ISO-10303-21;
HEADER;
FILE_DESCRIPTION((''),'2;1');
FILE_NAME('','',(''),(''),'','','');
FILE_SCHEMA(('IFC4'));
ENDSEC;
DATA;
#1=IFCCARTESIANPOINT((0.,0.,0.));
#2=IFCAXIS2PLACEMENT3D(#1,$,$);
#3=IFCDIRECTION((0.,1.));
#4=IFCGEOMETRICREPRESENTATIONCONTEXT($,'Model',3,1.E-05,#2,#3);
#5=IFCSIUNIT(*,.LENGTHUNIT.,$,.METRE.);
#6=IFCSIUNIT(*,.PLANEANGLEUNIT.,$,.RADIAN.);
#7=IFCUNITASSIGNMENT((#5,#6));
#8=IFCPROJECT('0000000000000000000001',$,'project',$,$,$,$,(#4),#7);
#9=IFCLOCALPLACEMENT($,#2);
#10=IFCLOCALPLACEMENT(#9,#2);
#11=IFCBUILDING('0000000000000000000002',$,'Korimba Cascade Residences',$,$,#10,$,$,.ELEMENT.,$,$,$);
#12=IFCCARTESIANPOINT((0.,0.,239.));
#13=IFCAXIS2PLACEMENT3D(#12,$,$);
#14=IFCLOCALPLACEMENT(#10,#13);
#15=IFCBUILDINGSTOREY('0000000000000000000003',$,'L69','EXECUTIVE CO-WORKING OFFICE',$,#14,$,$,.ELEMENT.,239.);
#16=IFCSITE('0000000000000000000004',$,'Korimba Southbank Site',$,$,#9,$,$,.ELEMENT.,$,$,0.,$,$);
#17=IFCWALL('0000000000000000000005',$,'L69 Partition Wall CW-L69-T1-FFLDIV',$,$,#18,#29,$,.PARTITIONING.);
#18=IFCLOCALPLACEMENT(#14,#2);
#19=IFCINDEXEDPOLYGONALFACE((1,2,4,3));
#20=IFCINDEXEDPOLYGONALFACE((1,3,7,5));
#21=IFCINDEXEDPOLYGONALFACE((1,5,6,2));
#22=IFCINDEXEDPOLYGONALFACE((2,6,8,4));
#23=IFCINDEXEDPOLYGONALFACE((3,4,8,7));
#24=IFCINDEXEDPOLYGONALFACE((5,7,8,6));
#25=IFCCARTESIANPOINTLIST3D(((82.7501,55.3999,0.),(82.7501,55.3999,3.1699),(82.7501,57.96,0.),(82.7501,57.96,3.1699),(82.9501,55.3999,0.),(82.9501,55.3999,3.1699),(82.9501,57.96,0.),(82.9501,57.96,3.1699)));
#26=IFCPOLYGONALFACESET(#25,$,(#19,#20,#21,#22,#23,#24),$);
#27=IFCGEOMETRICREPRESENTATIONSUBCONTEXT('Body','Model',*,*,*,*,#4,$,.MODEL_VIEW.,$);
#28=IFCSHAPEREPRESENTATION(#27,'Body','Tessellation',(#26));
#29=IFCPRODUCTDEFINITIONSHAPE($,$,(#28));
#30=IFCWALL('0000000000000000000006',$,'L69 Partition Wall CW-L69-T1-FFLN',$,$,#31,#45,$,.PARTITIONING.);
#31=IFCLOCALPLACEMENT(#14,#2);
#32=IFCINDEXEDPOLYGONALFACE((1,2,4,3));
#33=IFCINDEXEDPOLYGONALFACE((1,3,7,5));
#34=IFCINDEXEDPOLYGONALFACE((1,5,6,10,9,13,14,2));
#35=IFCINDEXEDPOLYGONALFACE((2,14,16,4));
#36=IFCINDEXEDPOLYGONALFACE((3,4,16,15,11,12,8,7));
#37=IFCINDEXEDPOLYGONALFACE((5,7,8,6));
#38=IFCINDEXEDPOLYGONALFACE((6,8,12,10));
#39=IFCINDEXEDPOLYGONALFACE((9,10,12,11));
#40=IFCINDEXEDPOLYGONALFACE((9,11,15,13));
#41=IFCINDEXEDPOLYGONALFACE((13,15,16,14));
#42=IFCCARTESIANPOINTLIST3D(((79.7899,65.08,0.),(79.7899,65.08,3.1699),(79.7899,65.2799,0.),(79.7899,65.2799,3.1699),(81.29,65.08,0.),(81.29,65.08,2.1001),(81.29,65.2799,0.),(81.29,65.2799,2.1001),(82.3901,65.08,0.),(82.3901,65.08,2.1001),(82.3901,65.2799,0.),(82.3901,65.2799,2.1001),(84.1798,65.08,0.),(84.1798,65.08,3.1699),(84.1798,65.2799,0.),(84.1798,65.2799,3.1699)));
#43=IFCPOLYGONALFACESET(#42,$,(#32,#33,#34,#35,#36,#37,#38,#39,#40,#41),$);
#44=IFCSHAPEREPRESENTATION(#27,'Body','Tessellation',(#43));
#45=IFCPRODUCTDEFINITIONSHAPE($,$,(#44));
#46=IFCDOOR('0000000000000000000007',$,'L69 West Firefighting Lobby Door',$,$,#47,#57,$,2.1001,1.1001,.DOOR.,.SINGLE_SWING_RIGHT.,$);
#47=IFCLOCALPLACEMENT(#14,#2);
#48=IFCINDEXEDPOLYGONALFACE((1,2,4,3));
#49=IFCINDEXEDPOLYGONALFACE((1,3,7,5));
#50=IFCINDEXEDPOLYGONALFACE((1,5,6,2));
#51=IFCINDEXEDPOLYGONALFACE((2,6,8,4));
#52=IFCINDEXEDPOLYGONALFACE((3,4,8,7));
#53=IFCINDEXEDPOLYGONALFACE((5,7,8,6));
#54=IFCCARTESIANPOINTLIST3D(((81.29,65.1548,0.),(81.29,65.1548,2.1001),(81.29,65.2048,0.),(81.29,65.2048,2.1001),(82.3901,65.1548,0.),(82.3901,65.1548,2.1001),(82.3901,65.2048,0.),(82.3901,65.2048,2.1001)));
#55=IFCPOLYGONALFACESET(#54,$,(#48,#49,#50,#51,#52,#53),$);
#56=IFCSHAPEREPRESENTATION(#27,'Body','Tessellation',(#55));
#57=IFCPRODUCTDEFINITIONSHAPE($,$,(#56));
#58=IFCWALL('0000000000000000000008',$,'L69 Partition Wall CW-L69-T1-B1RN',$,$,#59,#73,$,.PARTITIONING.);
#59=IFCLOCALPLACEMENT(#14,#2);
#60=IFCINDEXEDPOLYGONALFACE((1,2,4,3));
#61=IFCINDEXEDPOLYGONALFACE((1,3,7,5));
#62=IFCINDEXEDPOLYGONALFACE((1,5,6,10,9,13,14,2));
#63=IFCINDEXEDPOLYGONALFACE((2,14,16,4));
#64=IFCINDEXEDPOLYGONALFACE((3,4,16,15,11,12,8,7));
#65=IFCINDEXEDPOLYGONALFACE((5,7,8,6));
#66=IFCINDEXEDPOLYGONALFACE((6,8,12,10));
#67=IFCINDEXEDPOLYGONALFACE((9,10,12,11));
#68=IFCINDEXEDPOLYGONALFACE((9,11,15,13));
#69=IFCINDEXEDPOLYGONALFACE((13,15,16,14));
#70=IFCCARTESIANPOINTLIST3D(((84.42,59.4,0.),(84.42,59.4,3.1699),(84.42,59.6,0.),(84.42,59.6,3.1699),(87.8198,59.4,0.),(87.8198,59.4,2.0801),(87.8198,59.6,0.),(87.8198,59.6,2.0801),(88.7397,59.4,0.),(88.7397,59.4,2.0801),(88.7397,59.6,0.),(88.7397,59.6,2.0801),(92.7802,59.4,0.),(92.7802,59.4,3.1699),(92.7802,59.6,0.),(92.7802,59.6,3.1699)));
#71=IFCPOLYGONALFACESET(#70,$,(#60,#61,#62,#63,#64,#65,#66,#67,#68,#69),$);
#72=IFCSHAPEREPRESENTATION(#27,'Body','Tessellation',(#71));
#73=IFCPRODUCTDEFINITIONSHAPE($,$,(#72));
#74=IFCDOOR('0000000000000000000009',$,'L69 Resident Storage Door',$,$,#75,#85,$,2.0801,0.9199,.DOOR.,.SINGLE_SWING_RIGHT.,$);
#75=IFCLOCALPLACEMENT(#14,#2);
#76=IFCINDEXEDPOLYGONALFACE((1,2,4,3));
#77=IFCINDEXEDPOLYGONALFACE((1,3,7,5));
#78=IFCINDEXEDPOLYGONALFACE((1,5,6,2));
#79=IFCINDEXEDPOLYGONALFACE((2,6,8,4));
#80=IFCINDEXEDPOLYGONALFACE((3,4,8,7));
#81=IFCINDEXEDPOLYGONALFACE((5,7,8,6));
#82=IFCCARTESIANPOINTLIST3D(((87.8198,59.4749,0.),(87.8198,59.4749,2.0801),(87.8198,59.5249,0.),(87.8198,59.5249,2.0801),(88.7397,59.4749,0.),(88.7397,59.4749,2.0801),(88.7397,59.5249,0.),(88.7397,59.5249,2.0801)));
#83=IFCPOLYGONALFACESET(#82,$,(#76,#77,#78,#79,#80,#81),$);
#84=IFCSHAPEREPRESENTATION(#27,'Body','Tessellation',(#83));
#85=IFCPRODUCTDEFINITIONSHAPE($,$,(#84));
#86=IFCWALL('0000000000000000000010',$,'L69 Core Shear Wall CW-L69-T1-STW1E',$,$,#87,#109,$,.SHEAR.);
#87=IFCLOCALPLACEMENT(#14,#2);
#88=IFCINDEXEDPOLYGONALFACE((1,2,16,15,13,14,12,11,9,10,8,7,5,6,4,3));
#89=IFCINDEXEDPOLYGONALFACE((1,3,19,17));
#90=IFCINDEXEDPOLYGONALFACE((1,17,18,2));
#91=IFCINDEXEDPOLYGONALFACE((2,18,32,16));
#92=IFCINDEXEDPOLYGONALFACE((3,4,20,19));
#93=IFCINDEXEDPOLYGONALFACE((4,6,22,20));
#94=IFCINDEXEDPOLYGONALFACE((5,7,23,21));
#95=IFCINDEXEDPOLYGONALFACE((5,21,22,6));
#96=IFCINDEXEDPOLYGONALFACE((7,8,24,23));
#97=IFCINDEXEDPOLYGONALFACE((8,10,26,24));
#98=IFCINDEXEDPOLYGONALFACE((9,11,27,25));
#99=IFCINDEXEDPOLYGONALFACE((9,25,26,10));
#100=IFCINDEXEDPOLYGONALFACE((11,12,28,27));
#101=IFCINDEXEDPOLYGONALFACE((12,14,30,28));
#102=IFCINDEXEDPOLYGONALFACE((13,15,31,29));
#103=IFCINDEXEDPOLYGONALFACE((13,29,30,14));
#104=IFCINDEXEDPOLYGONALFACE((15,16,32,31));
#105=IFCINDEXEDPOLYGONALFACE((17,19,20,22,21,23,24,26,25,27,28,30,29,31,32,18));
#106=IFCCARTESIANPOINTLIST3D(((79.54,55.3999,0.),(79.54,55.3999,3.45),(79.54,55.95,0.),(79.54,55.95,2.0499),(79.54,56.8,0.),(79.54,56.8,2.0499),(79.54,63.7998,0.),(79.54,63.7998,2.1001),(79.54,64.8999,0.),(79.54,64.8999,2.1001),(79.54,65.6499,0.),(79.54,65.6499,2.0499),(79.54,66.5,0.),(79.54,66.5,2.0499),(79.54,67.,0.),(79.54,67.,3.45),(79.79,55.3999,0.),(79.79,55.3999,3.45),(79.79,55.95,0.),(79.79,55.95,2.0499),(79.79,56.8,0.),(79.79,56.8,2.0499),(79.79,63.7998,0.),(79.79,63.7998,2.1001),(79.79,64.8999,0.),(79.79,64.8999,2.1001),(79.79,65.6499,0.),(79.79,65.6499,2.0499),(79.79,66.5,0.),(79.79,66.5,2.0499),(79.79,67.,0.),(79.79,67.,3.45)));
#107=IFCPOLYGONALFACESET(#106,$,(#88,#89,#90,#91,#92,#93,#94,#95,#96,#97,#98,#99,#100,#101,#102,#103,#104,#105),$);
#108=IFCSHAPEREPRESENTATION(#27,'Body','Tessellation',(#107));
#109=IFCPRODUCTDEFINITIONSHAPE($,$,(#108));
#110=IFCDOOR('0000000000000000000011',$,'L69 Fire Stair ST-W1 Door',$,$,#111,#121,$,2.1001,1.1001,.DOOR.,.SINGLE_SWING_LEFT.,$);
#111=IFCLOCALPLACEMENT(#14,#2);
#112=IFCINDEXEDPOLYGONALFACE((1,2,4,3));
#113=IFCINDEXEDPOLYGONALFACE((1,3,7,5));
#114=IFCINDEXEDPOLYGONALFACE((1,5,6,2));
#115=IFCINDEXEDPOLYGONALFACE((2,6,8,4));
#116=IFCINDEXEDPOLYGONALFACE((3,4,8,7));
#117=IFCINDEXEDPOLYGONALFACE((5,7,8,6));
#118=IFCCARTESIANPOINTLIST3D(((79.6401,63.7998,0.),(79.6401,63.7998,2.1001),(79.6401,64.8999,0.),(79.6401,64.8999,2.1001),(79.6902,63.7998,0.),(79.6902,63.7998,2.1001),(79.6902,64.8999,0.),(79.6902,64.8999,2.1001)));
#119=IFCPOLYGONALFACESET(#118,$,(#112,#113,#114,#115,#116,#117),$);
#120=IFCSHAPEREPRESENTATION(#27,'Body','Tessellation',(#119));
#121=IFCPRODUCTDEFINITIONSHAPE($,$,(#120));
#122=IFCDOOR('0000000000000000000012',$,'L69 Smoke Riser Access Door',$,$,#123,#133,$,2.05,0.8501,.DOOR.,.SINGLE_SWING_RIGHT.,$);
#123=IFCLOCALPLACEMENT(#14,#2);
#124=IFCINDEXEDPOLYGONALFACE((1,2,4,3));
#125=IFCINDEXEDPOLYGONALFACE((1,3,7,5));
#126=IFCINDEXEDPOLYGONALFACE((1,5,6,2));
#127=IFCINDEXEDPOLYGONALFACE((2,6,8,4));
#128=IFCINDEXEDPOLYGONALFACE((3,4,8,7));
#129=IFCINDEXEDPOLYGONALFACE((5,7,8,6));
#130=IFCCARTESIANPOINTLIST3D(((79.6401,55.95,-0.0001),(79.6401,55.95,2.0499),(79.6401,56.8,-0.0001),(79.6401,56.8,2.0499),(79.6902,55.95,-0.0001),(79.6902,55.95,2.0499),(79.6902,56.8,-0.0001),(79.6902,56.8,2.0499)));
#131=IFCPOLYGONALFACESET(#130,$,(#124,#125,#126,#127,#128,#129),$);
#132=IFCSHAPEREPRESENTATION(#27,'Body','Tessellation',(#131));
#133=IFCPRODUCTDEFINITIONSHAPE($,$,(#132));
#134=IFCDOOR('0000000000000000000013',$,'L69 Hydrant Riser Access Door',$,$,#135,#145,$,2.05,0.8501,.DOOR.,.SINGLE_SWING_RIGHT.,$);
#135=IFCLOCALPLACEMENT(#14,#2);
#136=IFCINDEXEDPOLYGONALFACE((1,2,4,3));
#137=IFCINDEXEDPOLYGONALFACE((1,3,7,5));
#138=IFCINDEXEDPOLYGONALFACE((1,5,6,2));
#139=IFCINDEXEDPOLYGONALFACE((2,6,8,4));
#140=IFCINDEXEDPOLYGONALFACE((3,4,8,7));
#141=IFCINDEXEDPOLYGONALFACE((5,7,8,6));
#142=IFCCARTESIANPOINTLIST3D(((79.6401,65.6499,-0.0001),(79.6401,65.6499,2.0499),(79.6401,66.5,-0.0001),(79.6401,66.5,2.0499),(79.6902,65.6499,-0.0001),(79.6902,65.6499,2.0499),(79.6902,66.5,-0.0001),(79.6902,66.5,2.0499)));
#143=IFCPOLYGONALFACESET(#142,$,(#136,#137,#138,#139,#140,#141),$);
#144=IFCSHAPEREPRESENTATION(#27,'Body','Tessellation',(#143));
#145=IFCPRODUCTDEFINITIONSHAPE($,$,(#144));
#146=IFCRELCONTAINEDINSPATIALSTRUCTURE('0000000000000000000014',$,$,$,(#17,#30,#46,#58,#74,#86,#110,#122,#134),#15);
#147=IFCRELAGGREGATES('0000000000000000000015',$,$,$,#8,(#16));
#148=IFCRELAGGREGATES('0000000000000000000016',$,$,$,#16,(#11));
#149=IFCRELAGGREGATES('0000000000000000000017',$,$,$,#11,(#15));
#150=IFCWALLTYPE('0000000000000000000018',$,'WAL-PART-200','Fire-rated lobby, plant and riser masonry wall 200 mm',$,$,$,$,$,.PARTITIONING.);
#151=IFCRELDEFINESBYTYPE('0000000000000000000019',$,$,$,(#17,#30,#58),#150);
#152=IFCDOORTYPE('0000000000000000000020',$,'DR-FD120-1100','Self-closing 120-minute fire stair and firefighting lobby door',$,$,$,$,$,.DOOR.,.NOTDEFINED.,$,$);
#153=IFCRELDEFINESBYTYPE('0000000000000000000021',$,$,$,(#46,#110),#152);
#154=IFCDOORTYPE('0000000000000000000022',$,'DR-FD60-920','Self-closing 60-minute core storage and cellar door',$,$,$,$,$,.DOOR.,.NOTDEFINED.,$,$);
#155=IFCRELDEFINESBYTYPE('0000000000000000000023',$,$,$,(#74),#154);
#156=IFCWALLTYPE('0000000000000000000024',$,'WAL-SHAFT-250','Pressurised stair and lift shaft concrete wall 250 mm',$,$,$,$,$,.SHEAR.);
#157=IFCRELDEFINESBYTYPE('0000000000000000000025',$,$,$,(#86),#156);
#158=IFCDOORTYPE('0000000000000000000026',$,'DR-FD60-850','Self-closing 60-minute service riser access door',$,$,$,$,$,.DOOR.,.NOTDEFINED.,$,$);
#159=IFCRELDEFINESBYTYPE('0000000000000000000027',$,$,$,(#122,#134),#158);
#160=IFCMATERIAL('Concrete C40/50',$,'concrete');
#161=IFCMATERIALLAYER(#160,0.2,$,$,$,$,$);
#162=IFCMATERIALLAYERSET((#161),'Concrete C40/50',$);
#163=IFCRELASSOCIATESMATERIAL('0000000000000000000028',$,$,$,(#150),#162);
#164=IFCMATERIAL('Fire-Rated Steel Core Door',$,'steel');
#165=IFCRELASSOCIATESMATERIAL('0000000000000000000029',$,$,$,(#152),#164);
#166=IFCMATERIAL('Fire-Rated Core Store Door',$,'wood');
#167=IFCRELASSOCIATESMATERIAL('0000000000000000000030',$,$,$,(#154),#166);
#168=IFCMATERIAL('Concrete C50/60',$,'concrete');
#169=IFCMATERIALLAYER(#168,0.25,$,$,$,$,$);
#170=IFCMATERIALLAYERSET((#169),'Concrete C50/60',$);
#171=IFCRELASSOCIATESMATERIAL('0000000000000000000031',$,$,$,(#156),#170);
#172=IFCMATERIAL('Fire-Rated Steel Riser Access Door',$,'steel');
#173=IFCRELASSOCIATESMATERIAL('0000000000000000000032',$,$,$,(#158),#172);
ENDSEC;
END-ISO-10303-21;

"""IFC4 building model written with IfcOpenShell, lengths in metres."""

from ifc_helpers import new_model, si_unit, direction, frame, frame_2d, origin, place, context, subcontext, project, spatial, rectangle, extrude, material, layer, layer_set, type_object, element, fill, save


model = new_model("IFC4")

# Units and contexts
model_context = context("Model", 3, precision=1e-05, world=origin(), true_north=direction((0.0, 1.0)))
body_context = subcontext(model_context, "Body", "Model", "MODEL_VIEW")
ifc_project = project(units=[si_unit("LENGTHUNIT", "METRE"), si_unit("PLANEANGLEUNIT", "RADIAN")], contexts=[model_context])

# Site, building, storey
site_placement = place(None, origin())
site = spatial("IfcSite", under=ifc_project, at=site_placement, Name="Korimba Southbank Site", CompositionType="ELEMENT", RefElevation=0.0)
building_placement = place(site_placement, origin())
building = spatial("IfcBuilding", under=site, at=building_placement, Name="Korimba Cascade Residences", CompositionType="ELEMENT")
storey_placement = place(building_placement, frame((0.0, 0.0, 239.0)))
storey = spatial("IfcBuildingStorey", under=building, at=storey_placement, Name="L69", Description="EXECUTIVE CO-WORKING OFFICE", CompositionType="ELEMENT", Elevation=239.0)

# Wall
ifc_material_1 = material(Name="Concrete C40/50", Category="concrete")
ifc_layer_1 = layer(ifc_material_1, 0.2)
ifc_layer_set_1 = layer_set([ifc_layer_1], Name="Concrete C40/50")
wall_type_1 = type_object("IfcWallType", Name="WAL-PART-200", Description="Fire-rated lobby, plant and riser masonry wall 200 mm", PredefinedType="PARTITIONING", material=ifc_layer_set_1)
wall_1_placement = place(storey_placement, frame((82.8501, 55.3999, 0.0), z_axis=(0.0, 0.0, 1.0), x_axis=(0.0, 1.0, 0.0)))
element("IfcWall", 1, at=wall_1_placement, inside=storey, type_object=wall_type_1, Name="L69 Partition Wall CW-L69-T1-FFLDIV", PredefinedType="PARTITIONING", context=body_context, shape_type="SweptSolid", body=[
    extrude(rectangle(XDim=2.5601, YDim=0.2, at=frame_2d((1.28, 0.0))), origin(), (0.0, 0.0, 1.0), 3.1699),
])

# Walls, openings, doors
wall_2_placement = place(storey_placement, frame((79.79, 65.1799, 0.0), z_axis=(0.0, 0.0, 1.0), x_axis=(1.0, 0.0, 0.0)))
wall_2 = element("IfcWall", 2, at=wall_2_placement, inside=storey, type_object=wall_type_1, Name="L69 Partition Wall CW-L69-T1-FFLN", PredefinedType="PARTITIONING", context=body_context, shape_type="SweptSolid", body=[
    extrude(rectangle(XDim=4.3899, YDim=0.2, at=frame_2d((2.1948, 0.0))), origin(), (0.0, 0.0, 1.0), 3.1699),
])
opening_1_placement = place(wall_2_placement, frame((1.5, 0.0, 0.0)))
opening_1 = element("IfcOpeningElement", 3, at=opening_1_placement, cuts=wall_2, PredefinedType="OPENING", context=body_context, shape_type="SweptSolid", body=[
    extrude(rectangle(XDim=1.1001, YDim=2.1001, at=frame_2d((0.55, 1.05))), frame((0.0, 0.1099, 0.0), z_axis=(0.0, -1.0, 0.0), x_axis=(1.0, 0.0, 0.0)), (0.0, 0.0, 1.0), 0.22),
])
ifc_material_2 = material(Name="Fire-Rated Steel Core Door", Category="steel")
door_type_1 = type_object("IfcDoorType", Name="DR-FD120-1100", Description="Self-closing 120-minute fire stair and firefighting lobby door", OperationType="NOTDEFINED", PredefinedType="DOOR", material=ifc_material_2)
door_1_placement = place(opening_1_placement, origin())
door_1 = element("IfcDoor", 4, at=door_1_placement, inside=storey, type_object=door_type_1, Name="L69 West Firefighting Lobby Door", OperationType="SINGLE_SWING_RIGHT", OverallHeight=2.1001, OverallWidth=1.1001, PredefinedType="DOOR", context=body_context, shape_type="SweptSolid", body=[
    extrude(rectangle(XDim=1.1001, YDim=2.1001, at=frame_2d((0.55, 1.05))), frame((0.0, 0.0249, 0.0), z_axis=(0.0, -1.0, 0.0), x_axis=(1.0, 0.0, 0.0)), (0.0, 0.0, 1.0), 0.05),
])
fill(opening_1, door_1)
wall_3_placement = place(storey_placement, frame((84.4199, 59.5, 0.0), z_axis=(0.0, 0.0, 1.0), x_axis=(1.0, 0.0, 0.0)))
wall_3 = element("IfcWall", 5, at=wall_3_placement, inside=storey, type_object=wall_type_1, Name="L69 Partition Wall CW-L69-T1-B1RN", PredefinedType="PARTITIONING", context=body_context, shape_type="SweptSolid", body=[
    extrude(rectangle(XDim=8.3601, YDim=0.2, at=frame_2d((4.1802, 0.0))), origin(), (0.0, 0.0, 1.0), 3.1699),
])
opening_2_placement = place(wall_3_placement, frame((3.3999, 0.0, 0.0)))
opening_2 = element("IfcOpeningElement", 6, at=opening_2_placement, cuts=wall_3, PredefinedType="OPENING", context=body_context, shape_type="SweptSolid", body=[
    extrude(rectangle(XDim=0.9199, YDim=2.0801, at=frame_2d((0.46, 1.04))), frame((0.0, 0.1099, 0.0), z_axis=(0.0, -1.0, 0.0), x_axis=(1.0, 0.0, 0.0)), (0.0, 0.0, 1.0), 0.22),
])
ifc_material_3 = material(Name="Fire-Rated Core Store Door", Category="wood")
door_type_2 = type_object("IfcDoorType", Name="DR-FD60-920", Description="Self-closing 60-minute core storage and cellar door", OperationType="NOTDEFINED", PredefinedType="DOOR", material=ifc_material_3)
door_2_placement = place(opening_2_placement, origin())
door_2 = element("IfcDoor", 7, at=door_2_placement, inside=storey, type_object=door_type_2, Name="L69 Resident Storage Door", OperationType="SINGLE_SWING_RIGHT", OverallHeight=2.0801, OverallWidth=0.9199, PredefinedType="DOOR", context=body_context, shape_type="SweptSolid", body=[
    extrude(rectangle(XDim=0.9199, YDim=2.0801, at=frame_2d((0.46, 1.04))), frame((0.0, 0.0249, 0.0), z_axis=(0.0, -1.0, 0.0), x_axis=(1.0, 0.0, 0.0)), (0.0, 0.0, 1.0), 0.05),
])
fill(opening_2, door_2)

# Wall, openings, doors
ifc_material_4 = material(Name="Concrete C50/60", Category="concrete")
ifc_layer_2 = layer(ifc_material_4, 0.25)
ifc_layer_set_2 = layer_set([ifc_layer_2], Name="Concrete C50/60")
wall_type_2 = type_object("IfcWallType", Name="WAL-SHAFT-250", Description="Pressurised stair and lift shaft concrete wall 250 mm", PredefinedType="SHEAR", material=ifc_layer_set_2)
wall_4_placement = place(storey_placement, frame((79.665, 55.3999, 0.0), z_axis=(0.0, 0.0, 1.0), x_axis=(0.0, 1.0, 0.0)))
wall_4 = element("IfcWall", 8, at=wall_4_placement, inside=storey, type_object=wall_type_2, Name="L69 Core Shear Wall CW-L69-T1-STW1E", PredefinedType="SHEAR", context=body_context, shape_type="SweptSolid", body=[
    extrude(rectangle(XDim=11.6001, YDim=0.25, at=frame_2d((5.8, 0.0))), origin(), (0.0, 0.0, 1.0), 3.45),
])
opening_3_placement = place(wall_4_placement, frame((0.55, 0.0, 0.0)))
opening_3 = element("IfcOpeningElement", 9, at=opening_3_placement, cuts=wall_4, PredefinedType="OPENING", context=body_context, shape_type="SweptSolid", body=[
    extrude(rectangle(XDim=0.8501, YDim=2.05, at=frame_2d((0.425, 1.0249))), frame((0.0, 0.135, 0.0), z_axis=(0.0, -1.0, 0.0), x_axis=(1.0, 0.0, 0.0)), (0.0, 0.0, 1.0), 0.27),
])
opening_4_placement = place(wall_4_placement, frame((8.3999, 0.0, 0.0)))
opening_4 = element("IfcOpeningElement", 10, at=opening_4_placement, cuts=wall_4, PredefinedType="OPENING", context=body_context, shape_type="SweptSolid", body=[
    extrude(rectangle(XDim=1.1001, YDim=2.1001, at=frame_2d((0.55, 1.05))), frame((0.0, 0.135, 0.0), z_axis=(0.0, -1.0, 0.0), x_axis=(1.0, 0.0, 0.0)), (0.0, 0.0, 1.0), 0.27),
])
opening_5_placement = place(wall_4_placement, frame((10.25, 0.0, 0.0)))
opening_5 = element("IfcOpeningElement", 11, at=opening_5_placement, cuts=wall_4, PredefinedType="OPENING", context=body_context, shape_type="SweptSolid", body=[
    extrude(rectangle(XDim=0.8501, YDim=2.05, at=frame_2d((0.425, 1.0249))), frame((0.0, 0.135, 0.0), z_axis=(0.0, -1.0, 0.0), x_axis=(1.0, 0.0, 0.0)), (0.0, 0.0, 1.0), 0.27),
])
door_3_placement = place(opening_4_placement, origin())
door_3 = element("IfcDoor", 12, at=door_3_placement, inside=storey, type_object=door_type_1, Name="L69 Fire Stair ST-W1 Door", OperationType="SINGLE_SWING_LEFT", OverallHeight=2.1001, OverallWidth=1.1001, PredefinedType="DOOR", context=body_context, shape_type="SweptSolid", body=[
    extrude(rectangle(XDim=1.1001, YDim=2.1001, at=frame_2d((0.55, 1.05))), frame((0.0, 0.0249, 0.0), z_axis=(0.0, -1.0, 0.0), x_axis=(1.0, 0.0, 0.0)), (0.0, 0.0, 1.0), 0.05),
])
fill(opening_4, door_3)
ifc_material_5 = material(Name="Fire-Rated Steel Riser Access Door", Category="steel")
door_type_3 = type_object("IfcDoorType", Name="DR-FD60-850", Description="Self-closing 60-minute service riser access door", OperationType="NOTDEFINED", PredefinedType="DOOR", material=ifc_material_5)
door_4_placement = place(opening_3_placement, origin())
door_4 = element("IfcDoor", 13, at=door_4_placement, inside=storey, type_object=door_type_3, Name="L69 Smoke Riser Access Door", OperationType="SINGLE_SWING_RIGHT", OverallHeight=2.05, OverallWidth=0.8501, PredefinedType="DOOR", context=body_context, shape_type="SweptSolid", body=[
    extrude(rectangle(XDim=0.8501, YDim=2.05, at=frame_2d((0.425, 1.0249))), frame((0.0, 0.0249, 0.0), z_axis=(0.0, -1.0, 0.0), x_axis=(1.0, 0.0, 0.0)), (0.0, 0.0, 1.0), 0.05),
])
fill(opening_3, door_4)
door_5_placement = place(opening_5_placement, origin())
door_5 = element("IfcDoor", 14, at=door_5_placement, inside=storey, type_object=door_type_3, Name="L69 Hydrant Riser Access Door", OperationType="SINGLE_SWING_RIGHT", OverallHeight=2.05, OverallWidth=0.8501, PredefinedType="DOOR", context=body_context, shape_type="SweptSolid", body=[
    extrude(rectangle(XDim=0.8501, YDim=2.05, at=frame_2d((0.425, 1.0249))), frame((0.0, 0.0249, 0.0), z_axis=(0.0, -1.0, 0.0), x_axis=(1.0, 0.0, 0.0)), (0.0, 0.0, 1.0), 0.05),
])
fill(opening_5, door_5)

save(model, "model.ifc")
